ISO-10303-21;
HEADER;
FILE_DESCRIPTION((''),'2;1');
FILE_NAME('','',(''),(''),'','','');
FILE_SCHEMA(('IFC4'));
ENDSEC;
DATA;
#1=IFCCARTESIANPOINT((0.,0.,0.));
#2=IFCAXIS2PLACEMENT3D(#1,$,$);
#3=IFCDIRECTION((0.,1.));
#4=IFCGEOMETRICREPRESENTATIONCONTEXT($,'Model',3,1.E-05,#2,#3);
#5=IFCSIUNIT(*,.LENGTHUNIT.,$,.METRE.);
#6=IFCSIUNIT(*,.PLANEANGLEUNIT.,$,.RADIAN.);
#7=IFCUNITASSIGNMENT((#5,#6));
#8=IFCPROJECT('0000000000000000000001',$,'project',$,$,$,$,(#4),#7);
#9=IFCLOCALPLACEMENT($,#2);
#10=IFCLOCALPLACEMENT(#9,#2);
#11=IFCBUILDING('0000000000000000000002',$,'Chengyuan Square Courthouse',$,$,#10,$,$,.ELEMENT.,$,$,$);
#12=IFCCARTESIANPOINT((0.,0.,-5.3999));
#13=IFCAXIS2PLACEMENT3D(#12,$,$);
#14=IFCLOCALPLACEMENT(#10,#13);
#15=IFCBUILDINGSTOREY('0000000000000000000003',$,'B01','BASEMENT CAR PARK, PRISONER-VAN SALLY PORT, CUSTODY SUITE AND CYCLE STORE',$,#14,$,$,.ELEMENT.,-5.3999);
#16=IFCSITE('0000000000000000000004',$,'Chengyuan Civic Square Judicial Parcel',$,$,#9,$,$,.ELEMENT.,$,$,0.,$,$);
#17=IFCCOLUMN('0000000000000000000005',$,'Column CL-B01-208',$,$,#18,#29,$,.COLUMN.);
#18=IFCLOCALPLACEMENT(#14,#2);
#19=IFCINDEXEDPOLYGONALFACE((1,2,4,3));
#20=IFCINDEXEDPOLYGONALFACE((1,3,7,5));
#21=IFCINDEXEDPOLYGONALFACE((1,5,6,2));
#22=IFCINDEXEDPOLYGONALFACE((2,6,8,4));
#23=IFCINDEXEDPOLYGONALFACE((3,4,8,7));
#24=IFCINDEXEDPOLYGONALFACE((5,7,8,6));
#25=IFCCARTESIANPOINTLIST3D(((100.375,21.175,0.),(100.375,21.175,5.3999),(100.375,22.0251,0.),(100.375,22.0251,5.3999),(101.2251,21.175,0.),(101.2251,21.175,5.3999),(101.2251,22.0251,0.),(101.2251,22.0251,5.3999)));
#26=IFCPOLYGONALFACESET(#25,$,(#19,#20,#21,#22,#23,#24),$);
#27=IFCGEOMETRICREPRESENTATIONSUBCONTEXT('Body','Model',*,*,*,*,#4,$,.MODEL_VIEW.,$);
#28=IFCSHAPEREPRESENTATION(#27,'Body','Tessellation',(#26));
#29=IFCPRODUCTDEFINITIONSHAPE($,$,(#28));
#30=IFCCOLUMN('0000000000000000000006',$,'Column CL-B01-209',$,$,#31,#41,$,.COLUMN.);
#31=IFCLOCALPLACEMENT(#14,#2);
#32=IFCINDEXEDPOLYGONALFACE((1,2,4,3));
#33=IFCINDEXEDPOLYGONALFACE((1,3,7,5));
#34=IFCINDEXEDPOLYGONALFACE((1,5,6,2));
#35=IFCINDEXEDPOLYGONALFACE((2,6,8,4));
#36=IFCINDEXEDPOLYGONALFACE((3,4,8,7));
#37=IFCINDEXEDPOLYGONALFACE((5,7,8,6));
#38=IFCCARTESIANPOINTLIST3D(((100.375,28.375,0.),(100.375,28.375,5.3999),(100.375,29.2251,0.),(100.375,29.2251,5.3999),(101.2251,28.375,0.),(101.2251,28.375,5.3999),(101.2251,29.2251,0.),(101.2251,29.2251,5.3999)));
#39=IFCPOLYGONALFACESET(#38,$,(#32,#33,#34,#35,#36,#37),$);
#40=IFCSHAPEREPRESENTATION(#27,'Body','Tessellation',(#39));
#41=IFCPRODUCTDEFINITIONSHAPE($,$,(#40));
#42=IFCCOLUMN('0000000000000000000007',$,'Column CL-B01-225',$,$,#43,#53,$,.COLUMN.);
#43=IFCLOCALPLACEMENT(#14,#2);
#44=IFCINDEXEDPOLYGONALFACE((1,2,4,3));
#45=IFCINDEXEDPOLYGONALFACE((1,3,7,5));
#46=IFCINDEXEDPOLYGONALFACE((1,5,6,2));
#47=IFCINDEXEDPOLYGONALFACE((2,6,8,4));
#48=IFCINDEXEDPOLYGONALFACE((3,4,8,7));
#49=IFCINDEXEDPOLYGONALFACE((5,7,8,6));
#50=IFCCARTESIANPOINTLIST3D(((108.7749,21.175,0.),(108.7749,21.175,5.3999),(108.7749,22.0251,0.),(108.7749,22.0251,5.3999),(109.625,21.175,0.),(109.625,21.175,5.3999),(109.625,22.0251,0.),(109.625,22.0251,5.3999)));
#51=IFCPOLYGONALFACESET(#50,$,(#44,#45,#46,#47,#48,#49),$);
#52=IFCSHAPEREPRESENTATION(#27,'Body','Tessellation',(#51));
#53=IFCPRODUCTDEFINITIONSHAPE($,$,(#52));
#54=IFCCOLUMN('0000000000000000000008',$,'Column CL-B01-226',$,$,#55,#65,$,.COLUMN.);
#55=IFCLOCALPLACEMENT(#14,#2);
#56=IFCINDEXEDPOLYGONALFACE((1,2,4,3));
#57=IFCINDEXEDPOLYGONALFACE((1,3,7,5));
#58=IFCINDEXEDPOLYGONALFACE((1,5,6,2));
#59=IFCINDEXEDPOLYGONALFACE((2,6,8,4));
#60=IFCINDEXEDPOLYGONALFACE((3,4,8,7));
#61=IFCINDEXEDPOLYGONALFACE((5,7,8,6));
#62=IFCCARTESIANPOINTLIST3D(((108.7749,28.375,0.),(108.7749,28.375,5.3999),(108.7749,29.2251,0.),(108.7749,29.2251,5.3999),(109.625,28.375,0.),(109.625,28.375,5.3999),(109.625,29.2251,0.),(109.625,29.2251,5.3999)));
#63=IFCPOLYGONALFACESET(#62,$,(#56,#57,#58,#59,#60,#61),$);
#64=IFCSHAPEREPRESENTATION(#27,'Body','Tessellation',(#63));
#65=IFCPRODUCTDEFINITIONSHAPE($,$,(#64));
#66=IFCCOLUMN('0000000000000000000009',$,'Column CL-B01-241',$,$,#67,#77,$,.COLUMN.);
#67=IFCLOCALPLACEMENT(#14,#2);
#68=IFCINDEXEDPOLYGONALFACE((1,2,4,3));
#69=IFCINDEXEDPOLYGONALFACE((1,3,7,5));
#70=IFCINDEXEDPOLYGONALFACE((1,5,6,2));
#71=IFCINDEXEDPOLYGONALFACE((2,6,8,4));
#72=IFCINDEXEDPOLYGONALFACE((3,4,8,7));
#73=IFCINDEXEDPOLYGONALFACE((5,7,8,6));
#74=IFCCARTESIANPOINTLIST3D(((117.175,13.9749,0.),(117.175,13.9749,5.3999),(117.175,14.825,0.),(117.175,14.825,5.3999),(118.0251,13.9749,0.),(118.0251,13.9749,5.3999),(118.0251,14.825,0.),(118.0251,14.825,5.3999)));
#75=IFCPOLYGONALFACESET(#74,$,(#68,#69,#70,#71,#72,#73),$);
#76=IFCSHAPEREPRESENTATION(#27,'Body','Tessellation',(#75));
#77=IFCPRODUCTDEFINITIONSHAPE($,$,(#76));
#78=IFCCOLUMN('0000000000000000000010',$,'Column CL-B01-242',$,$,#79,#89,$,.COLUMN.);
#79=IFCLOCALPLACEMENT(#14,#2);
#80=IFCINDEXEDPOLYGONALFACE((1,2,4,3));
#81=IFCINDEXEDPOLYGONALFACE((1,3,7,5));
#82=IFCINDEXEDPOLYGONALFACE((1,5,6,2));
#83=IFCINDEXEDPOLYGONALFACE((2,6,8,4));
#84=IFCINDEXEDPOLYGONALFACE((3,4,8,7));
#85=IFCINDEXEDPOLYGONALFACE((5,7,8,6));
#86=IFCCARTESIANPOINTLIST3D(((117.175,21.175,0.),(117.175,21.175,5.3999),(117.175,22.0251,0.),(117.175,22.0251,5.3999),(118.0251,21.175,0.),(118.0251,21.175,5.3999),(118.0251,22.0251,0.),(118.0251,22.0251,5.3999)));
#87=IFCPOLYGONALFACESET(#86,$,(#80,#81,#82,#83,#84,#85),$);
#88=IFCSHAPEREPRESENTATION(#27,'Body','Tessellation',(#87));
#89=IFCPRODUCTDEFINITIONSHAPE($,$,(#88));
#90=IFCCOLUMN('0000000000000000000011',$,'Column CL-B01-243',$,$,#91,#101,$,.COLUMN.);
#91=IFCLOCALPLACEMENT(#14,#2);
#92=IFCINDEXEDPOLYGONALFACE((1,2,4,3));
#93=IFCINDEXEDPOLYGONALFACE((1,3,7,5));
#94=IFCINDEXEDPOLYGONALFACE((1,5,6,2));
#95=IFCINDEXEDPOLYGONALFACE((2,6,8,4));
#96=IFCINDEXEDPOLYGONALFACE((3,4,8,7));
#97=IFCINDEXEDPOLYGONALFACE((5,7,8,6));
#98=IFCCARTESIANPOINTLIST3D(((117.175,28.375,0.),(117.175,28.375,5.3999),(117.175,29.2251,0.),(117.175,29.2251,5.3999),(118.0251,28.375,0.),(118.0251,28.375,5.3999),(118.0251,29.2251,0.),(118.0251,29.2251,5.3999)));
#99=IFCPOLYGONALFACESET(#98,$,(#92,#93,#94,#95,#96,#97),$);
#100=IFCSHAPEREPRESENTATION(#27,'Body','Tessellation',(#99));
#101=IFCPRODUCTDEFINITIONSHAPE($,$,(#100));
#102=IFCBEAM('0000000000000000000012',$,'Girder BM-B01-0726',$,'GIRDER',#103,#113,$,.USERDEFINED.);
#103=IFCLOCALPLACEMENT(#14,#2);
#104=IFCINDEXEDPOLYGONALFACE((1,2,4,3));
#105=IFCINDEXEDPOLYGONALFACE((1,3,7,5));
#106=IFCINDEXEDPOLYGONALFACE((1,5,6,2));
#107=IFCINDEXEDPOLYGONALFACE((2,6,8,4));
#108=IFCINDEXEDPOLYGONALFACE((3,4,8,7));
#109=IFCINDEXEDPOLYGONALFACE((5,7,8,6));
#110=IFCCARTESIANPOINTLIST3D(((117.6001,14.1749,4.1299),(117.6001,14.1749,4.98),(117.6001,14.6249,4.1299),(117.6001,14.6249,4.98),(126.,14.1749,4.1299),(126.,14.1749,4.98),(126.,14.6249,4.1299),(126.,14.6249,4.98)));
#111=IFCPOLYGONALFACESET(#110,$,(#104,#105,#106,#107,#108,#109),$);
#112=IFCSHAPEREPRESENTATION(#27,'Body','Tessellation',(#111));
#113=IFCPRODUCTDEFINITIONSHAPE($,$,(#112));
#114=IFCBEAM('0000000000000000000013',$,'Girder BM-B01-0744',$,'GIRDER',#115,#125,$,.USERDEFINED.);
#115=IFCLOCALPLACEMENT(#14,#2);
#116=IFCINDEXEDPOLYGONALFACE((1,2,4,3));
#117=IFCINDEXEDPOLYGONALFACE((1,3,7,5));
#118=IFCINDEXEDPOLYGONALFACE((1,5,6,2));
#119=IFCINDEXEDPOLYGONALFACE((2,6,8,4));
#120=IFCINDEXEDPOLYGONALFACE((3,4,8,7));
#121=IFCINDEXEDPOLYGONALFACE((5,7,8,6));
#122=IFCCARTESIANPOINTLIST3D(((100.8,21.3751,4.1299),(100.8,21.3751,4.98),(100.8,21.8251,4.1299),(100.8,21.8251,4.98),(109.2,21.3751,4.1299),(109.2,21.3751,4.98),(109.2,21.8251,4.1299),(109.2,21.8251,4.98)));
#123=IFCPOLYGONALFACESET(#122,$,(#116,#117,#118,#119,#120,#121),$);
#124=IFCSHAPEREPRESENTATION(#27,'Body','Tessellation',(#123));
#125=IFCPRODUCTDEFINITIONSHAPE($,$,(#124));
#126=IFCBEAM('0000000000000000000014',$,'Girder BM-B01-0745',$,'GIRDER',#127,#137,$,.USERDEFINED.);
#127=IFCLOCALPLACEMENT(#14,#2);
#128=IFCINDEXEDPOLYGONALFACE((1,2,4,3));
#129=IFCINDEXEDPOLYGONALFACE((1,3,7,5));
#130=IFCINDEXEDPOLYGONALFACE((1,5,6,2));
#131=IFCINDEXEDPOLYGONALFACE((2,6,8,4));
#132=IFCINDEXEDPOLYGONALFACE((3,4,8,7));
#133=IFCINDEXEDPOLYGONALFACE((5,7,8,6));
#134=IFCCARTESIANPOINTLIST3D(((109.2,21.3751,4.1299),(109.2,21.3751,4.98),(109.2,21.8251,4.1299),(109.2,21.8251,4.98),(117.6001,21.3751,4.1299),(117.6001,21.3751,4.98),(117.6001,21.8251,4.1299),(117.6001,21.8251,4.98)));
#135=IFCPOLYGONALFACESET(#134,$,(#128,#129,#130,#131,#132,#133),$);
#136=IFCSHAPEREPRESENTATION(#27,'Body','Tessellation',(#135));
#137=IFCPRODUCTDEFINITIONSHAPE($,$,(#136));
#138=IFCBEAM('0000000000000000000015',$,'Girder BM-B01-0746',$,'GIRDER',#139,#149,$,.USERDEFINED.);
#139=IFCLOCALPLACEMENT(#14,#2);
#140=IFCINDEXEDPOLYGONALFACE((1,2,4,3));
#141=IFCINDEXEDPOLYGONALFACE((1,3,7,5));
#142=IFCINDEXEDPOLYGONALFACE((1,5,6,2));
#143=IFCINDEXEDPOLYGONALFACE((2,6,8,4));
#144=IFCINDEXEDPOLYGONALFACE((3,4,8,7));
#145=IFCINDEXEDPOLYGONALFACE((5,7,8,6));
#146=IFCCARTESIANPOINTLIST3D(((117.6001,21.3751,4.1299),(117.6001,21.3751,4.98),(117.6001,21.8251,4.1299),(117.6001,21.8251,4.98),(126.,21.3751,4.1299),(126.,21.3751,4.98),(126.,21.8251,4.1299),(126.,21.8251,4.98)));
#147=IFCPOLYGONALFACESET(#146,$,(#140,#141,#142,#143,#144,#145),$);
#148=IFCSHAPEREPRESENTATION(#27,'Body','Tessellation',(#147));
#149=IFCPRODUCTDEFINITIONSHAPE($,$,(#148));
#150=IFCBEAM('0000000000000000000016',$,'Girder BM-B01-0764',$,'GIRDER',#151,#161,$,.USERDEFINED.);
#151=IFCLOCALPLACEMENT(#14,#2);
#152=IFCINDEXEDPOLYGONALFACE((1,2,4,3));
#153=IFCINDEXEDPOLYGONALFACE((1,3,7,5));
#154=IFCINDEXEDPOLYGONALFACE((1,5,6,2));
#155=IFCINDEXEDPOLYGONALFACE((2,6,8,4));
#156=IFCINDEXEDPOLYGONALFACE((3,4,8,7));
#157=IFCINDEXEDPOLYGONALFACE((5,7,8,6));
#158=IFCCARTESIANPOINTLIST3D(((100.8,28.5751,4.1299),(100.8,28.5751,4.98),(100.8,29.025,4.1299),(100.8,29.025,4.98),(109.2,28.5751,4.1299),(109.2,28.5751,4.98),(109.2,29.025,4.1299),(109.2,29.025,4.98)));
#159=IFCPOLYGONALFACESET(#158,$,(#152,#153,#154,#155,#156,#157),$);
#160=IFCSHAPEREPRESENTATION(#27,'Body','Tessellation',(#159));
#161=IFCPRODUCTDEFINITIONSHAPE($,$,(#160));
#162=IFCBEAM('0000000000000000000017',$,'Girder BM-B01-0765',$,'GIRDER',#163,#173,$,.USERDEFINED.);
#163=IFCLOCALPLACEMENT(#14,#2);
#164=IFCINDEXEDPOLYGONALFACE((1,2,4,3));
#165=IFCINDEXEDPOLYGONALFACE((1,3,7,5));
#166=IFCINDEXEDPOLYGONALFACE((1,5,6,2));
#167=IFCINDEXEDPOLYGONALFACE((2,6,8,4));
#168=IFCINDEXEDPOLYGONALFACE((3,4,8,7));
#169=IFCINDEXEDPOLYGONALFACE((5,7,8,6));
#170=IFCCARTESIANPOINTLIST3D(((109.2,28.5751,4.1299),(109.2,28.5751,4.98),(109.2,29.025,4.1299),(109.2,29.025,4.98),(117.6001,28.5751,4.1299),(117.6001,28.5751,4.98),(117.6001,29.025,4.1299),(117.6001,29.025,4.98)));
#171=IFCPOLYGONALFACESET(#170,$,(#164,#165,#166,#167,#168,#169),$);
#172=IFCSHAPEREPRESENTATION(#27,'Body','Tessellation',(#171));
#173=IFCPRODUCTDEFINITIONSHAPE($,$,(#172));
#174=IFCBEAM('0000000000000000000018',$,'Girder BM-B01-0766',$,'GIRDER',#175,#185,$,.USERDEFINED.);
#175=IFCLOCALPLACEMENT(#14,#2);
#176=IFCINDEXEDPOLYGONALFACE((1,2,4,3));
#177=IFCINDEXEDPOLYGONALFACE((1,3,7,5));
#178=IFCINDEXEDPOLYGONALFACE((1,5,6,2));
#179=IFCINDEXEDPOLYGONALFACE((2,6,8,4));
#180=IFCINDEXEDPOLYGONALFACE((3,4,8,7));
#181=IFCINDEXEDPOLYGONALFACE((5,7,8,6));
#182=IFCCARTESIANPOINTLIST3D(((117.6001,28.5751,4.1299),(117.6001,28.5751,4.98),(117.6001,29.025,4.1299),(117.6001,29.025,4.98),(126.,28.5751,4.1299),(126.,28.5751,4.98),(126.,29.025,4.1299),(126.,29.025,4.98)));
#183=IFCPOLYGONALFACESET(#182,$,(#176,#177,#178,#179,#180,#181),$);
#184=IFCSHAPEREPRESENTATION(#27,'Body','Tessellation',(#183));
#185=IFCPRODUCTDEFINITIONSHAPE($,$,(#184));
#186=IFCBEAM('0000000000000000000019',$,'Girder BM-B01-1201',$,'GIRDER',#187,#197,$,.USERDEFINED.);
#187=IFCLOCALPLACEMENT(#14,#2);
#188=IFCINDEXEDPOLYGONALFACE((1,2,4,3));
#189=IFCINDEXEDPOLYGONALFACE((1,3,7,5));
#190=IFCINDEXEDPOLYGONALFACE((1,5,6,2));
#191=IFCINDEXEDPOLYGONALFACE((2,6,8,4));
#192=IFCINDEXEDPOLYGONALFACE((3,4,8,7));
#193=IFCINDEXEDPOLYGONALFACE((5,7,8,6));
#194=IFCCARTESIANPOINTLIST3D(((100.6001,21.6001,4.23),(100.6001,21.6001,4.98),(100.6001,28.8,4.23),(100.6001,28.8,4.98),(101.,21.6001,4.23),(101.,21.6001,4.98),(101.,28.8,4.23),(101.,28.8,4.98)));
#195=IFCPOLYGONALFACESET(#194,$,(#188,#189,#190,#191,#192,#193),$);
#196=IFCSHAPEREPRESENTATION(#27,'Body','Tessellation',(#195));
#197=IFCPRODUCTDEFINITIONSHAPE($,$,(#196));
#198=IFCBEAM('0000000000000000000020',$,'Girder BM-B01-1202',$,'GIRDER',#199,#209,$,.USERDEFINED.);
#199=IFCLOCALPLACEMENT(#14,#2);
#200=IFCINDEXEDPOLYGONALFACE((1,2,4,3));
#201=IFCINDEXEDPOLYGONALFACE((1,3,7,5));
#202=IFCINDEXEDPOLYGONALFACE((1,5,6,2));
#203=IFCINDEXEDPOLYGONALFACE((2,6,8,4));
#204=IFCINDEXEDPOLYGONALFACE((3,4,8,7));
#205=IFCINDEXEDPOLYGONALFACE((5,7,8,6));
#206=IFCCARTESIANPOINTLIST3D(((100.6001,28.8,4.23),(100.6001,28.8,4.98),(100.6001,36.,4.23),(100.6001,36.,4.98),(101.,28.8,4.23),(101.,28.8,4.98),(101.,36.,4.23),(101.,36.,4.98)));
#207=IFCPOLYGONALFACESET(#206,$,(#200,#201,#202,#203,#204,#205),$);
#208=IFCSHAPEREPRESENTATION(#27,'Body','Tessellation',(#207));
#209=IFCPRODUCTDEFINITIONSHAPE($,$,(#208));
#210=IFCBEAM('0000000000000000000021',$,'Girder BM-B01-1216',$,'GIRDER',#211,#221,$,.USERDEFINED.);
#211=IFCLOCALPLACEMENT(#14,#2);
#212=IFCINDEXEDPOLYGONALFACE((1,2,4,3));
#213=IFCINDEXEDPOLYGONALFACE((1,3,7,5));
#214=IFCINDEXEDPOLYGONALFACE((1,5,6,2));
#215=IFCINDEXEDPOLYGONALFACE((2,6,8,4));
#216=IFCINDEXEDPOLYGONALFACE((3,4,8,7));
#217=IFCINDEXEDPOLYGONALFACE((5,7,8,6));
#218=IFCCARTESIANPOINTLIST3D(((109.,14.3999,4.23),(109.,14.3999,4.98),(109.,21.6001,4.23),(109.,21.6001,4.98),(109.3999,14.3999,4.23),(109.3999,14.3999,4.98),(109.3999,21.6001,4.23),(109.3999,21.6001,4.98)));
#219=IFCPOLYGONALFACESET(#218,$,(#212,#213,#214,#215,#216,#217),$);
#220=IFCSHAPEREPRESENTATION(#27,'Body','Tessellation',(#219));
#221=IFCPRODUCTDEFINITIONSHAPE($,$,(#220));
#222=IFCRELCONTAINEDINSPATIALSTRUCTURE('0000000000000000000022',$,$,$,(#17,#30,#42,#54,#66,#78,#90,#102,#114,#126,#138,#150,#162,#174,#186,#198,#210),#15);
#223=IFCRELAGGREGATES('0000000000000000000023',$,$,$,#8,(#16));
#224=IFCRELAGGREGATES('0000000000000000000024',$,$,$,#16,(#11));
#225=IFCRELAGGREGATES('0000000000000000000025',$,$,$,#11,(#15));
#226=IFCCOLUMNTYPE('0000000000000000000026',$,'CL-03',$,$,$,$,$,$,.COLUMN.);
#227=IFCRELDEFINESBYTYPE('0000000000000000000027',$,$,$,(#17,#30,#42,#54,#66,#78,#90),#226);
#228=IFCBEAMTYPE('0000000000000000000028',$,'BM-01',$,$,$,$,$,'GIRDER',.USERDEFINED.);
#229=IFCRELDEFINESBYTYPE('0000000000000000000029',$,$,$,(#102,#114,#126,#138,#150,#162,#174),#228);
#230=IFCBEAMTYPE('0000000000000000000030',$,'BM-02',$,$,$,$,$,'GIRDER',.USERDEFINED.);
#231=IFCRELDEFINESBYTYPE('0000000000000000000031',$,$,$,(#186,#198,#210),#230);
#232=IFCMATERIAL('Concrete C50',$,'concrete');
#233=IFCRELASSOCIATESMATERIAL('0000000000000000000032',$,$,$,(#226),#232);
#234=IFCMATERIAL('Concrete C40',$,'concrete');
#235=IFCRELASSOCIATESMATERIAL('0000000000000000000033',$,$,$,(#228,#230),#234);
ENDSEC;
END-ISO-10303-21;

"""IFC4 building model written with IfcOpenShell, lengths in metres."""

from ifc_helpers import new_model, si_unit, direction, frame, origin, origin_2d, place, context, subcontext, project, spatial, rectangle, extrude, material, material_profile, profile_set, type_object, element, save


model = new_model("IFC4")

# Units and contexts
model_context = context("Model", 3, precision=1e-05, world=origin(), true_north=direction((0.0, 1.0)))
body_context = subcontext(model_context, "Body", "Model", "MODEL_VIEW")
ifc_project = project(units=[si_unit("LENGTHUNIT", "METRE"), si_unit("PLANEANGLEUNIT", "RADIAN")], contexts=[model_context])

# Site, building, storey
site_placement = place(None, origin())
site = spatial("IfcSite", under=ifc_project, at=site_placement, Name="Chengyuan Civic Square Judicial Parcel", CompositionType="ELEMENT", RefElevation=0.0)
building_placement = place(site_placement, origin())
building = spatial("IfcBuilding", under=site, at=building_placement, Name="Chengyuan Square Courthouse", CompositionType="ELEMENT")
storey_placement = place(building_placement, frame((0.0, 0.0, -5.3999)))
storey = spatial("IfcBuildingStorey", under=building, at=storey_placement, Name="B01", Description="BASEMENT CAR PARK, PRISONER-VAN SALLY PORT, CUSTODY SUITE AND CYCLE STORE", CompositionType="ELEMENT", Elevation=-5.3999)

# Columns
ifc_material_1 = material(Name="Concrete C50", Category="concrete")
ifc_material_profile_1 = material_profile(ifc_material_1, rectangle(XDim=0.8501, YDim=0.8501, at=origin_2d()), Name="RC-COL-850x850")
ifc_profile_set_1 = profile_set([ifc_material_profile_1], Name="Concrete C50")
column_type = type_object("IfcColumnType", Name="CL-03", PredefinedType="COLUMN", material=ifc_profile_set_1)
for number, where, z_axis, x_axis, name in (
    (1, (100.8, 21.6001, 0.0), (0.0, 0.0, 1.0), (1.0, 0.0, 0.0), "Column CL-B01-208"),
    (2, (100.8, 28.8, 0.0), (0.0, 0.0, 1.0), (1.0, 0.0, 0.0), "Column CL-B01-209"),
    (3, (109.2, 21.6001, 0.0), (0.0, 0.0, 1.0), (1.0, 0.0, 0.0), "Column CL-B01-225"),
    (4, (109.2, 28.8, 0.0), (0.0, 0.0, 1.0), (1.0, 0.0, 0.0), "Column CL-B01-226"),
    (5, (117.6001, 14.3999, 0.0), (0.0, 0.0, 1.0), (1.0, 0.0, 0.0), "Column CL-B01-241"),
    (6, (117.6001, 21.6001, 0.0), (0.0, 0.0, 1.0), (1.0, 0.0, 0.0), "Column CL-B01-242"),
    (7, (117.6001, 28.8, 0.0), (0.0, 0.0, 1.0), (1.0, 0.0, 0.0), "Column CL-B01-243"),
):
    element("IfcColumn", number, at=place(storey_placement, frame(where, z_axis=z_axis, x_axis=x_axis)), inside=storey, type_object=column_type, Name=name, PredefinedType="COLUMN", context=body_context, shape_type="SweptSolid", body=[
        extrude(rectangle(XDim=0.8501, YDim=0.8501, at=origin_2d()), origin(), (0.0, 0.0, 1.0), 5.3999),
    ])

# Beams
ifc_material_2 = material(Name="Concrete C40", Category="concrete")
ifc_material_profile_2 = material_profile(ifc_material_2, rectangle(XDim=0.45, YDim=0.8501, at=origin_2d()), Name="RC-BM-450x850")
ifc_profile_set_2 = profile_set([ifc_material_profile_2], Name="Concrete C40")
beam_type_1 = type_object("IfcBeamType", Name="BM-01", ElementType="GIRDER", PredefinedType="USERDEFINED", material=ifc_profile_set_2)
for number, where, z_axis, x_axis, name in (
    (8, (117.6001, 14.3999, 4.5549), (1.0, 0.0, 0.0), (0.0, 1.0, 0.0), "Girder BM-B01-0726"),
    (9, (100.8, 21.6001, 4.5549), (1.0, 0.0, 0.0), (0.0, 1.0, 0.0), "Girder BM-B01-0744"),
):
    element("IfcBeam", number, at=place(storey_placement, frame(where, z_axis=z_axis, x_axis=x_axis)), inside=storey, type_object=beam_type_1, Name=name, ObjectType="GIRDER", PredefinedType="USERDEFINED", context=body_context, shape_type="SweptSolid", body=[
        extrude(rectangle(XDim=0.45, YDim=0.8501, at=origin_2d()), origin(), (0.0, 0.0, 1.0), 8.3999),
    ])
beam_1_placement = place(storey_placement, frame((109.2, 21.6001, 4.5549), z_axis=(1.0, 0.0, 0.0), x_axis=(0.0, 1.0, 0.0)))
element("IfcBeam", 10, at=beam_1_placement, inside=storey, type_object=beam_type_1, Name="Girder BM-B01-0745", ObjectType="GIRDER", PredefinedType="USERDEFINED", context=body_context, shape_type="SweptSolid", body=[
    extrude(rectangle(XDim=0.45, YDim=0.8501, at=origin_2d()), origin(), (0.0, 0.0, 1.0), 8.4001),
])
for number, where, z_axis, x_axis, name in (
    (11, (117.6001, 21.6001, 4.5549), (1.0, 0.0, 0.0), (0.0, 1.0, 0.0), "Girder BM-B01-0746"),
    (12, (100.8, 28.8, 4.5549), (1.0, 0.0, 0.0), (0.0, 1.0, 0.0), "Girder BM-B01-0764"),
):
    element("IfcBeam", number, at=place(storey_placement, frame(where, z_axis=z_axis, x_axis=x_axis)), inside=storey, type_object=beam_type_1, Name=name, ObjectType="GIRDER", PredefinedType="USERDEFINED", context=body_context, shape_type="SweptSolid", body=[
        extrude(rectangle(XDim=0.45, YDim=0.8501, at=origin_2d()), origin(), (0.0, 0.0, 1.0), 8.3999),
    ])
beam_2_placement = place(storey_placement, frame((109.2, 28.8, 4.5549), z_axis=(1.0, 0.0, 0.0), x_axis=(0.0, 1.0, 0.0)))
element("IfcBeam", 13, at=beam_2_placement, inside=storey, type_object=beam_type_1, Name="Girder BM-B01-0765", ObjectType="GIRDER", PredefinedType="USERDEFINED", context=body_context, shape_type="SweptSolid", body=[
    extrude(rectangle(XDim=0.45, YDim=0.8501, at=origin_2d()), origin(), (0.0, 0.0, 1.0), 8.4001),
])
beam_3_placement = place(storey_placement, frame((117.6001, 28.8, 4.5549), z_axis=(1.0, 0.0, 0.0), x_axis=(0.0, 1.0, 0.0)))
element("IfcBeam", 14, at=beam_3_placement, inside=storey, type_object=beam_type_1, Name="Girder BM-B01-0766", ObjectType="GIRDER", PredefinedType="USERDEFINED", context=body_context, shape_type="SweptSolid", body=[
    extrude(rectangle(XDim=0.45, YDim=0.8501, at=origin_2d()), origin(), (0.0, 0.0, 1.0), 8.3999),
])
ifc_material_profile_3 = material_profile(ifc_material_2, rectangle(XDim=0.3999, YDim=0.75, at=origin_2d()), Name="RC-BM-400x750")
ifc_profile_set_3 = profile_set([ifc_material_profile_3], Name="Concrete C40")
beam_type_2 = type_object("IfcBeamType", Name="BM-02", ElementType="GIRDER", PredefinedType="USERDEFINED", material=ifc_profile_set_3)
for number, where, z_axis, x_axis, name in (
    (15, (100.8, 21.6001, 4.605), (0.0, 1.0, 0.0), (-1.0, 0.0, 0.0), "Girder BM-B01-1201"),
    (16, (100.8, 28.8, 4.605), (0.0, 1.0, 0.0), (-1.0, 0.0, 0.0), "Girder BM-B01-1202"),
):
    element("IfcBeam", number, at=place(storey_placement, frame(where, z_axis=z_axis, x_axis=x_axis)), inside=storey, type_object=beam_type_2, Name=name, ObjectType="GIRDER", PredefinedType="USERDEFINED", context=body_context, shape_type="SweptSolid", body=[
        extrude(rectangle(XDim=0.3999, YDim=0.75, at=origin_2d()), origin(), (0.0, 0.0, 1.0), 7.2),
    ])
beam_4_placement = place(storey_placement, frame((109.2, 14.3999, 4.605), z_axis=(0.0, 1.0, 0.0), x_axis=(-1.0, 0.0, 0.0)))
element("IfcBeam", 17, at=beam_4_placement, inside=storey, type_object=beam_type_2, Name="Girder BM-B01-1216", ObjectType="GIRDER", PredefinedType="USERDEFINED", context=body_context, shape_type="SweptSolid", body=[
    extrude(rectangle(XDim=0.3999, YDim=0.75, at=origin_2d()), origin(), (0.0, 0.0, 1.0), 7.2002),
])

save(model, "model.ifc")
